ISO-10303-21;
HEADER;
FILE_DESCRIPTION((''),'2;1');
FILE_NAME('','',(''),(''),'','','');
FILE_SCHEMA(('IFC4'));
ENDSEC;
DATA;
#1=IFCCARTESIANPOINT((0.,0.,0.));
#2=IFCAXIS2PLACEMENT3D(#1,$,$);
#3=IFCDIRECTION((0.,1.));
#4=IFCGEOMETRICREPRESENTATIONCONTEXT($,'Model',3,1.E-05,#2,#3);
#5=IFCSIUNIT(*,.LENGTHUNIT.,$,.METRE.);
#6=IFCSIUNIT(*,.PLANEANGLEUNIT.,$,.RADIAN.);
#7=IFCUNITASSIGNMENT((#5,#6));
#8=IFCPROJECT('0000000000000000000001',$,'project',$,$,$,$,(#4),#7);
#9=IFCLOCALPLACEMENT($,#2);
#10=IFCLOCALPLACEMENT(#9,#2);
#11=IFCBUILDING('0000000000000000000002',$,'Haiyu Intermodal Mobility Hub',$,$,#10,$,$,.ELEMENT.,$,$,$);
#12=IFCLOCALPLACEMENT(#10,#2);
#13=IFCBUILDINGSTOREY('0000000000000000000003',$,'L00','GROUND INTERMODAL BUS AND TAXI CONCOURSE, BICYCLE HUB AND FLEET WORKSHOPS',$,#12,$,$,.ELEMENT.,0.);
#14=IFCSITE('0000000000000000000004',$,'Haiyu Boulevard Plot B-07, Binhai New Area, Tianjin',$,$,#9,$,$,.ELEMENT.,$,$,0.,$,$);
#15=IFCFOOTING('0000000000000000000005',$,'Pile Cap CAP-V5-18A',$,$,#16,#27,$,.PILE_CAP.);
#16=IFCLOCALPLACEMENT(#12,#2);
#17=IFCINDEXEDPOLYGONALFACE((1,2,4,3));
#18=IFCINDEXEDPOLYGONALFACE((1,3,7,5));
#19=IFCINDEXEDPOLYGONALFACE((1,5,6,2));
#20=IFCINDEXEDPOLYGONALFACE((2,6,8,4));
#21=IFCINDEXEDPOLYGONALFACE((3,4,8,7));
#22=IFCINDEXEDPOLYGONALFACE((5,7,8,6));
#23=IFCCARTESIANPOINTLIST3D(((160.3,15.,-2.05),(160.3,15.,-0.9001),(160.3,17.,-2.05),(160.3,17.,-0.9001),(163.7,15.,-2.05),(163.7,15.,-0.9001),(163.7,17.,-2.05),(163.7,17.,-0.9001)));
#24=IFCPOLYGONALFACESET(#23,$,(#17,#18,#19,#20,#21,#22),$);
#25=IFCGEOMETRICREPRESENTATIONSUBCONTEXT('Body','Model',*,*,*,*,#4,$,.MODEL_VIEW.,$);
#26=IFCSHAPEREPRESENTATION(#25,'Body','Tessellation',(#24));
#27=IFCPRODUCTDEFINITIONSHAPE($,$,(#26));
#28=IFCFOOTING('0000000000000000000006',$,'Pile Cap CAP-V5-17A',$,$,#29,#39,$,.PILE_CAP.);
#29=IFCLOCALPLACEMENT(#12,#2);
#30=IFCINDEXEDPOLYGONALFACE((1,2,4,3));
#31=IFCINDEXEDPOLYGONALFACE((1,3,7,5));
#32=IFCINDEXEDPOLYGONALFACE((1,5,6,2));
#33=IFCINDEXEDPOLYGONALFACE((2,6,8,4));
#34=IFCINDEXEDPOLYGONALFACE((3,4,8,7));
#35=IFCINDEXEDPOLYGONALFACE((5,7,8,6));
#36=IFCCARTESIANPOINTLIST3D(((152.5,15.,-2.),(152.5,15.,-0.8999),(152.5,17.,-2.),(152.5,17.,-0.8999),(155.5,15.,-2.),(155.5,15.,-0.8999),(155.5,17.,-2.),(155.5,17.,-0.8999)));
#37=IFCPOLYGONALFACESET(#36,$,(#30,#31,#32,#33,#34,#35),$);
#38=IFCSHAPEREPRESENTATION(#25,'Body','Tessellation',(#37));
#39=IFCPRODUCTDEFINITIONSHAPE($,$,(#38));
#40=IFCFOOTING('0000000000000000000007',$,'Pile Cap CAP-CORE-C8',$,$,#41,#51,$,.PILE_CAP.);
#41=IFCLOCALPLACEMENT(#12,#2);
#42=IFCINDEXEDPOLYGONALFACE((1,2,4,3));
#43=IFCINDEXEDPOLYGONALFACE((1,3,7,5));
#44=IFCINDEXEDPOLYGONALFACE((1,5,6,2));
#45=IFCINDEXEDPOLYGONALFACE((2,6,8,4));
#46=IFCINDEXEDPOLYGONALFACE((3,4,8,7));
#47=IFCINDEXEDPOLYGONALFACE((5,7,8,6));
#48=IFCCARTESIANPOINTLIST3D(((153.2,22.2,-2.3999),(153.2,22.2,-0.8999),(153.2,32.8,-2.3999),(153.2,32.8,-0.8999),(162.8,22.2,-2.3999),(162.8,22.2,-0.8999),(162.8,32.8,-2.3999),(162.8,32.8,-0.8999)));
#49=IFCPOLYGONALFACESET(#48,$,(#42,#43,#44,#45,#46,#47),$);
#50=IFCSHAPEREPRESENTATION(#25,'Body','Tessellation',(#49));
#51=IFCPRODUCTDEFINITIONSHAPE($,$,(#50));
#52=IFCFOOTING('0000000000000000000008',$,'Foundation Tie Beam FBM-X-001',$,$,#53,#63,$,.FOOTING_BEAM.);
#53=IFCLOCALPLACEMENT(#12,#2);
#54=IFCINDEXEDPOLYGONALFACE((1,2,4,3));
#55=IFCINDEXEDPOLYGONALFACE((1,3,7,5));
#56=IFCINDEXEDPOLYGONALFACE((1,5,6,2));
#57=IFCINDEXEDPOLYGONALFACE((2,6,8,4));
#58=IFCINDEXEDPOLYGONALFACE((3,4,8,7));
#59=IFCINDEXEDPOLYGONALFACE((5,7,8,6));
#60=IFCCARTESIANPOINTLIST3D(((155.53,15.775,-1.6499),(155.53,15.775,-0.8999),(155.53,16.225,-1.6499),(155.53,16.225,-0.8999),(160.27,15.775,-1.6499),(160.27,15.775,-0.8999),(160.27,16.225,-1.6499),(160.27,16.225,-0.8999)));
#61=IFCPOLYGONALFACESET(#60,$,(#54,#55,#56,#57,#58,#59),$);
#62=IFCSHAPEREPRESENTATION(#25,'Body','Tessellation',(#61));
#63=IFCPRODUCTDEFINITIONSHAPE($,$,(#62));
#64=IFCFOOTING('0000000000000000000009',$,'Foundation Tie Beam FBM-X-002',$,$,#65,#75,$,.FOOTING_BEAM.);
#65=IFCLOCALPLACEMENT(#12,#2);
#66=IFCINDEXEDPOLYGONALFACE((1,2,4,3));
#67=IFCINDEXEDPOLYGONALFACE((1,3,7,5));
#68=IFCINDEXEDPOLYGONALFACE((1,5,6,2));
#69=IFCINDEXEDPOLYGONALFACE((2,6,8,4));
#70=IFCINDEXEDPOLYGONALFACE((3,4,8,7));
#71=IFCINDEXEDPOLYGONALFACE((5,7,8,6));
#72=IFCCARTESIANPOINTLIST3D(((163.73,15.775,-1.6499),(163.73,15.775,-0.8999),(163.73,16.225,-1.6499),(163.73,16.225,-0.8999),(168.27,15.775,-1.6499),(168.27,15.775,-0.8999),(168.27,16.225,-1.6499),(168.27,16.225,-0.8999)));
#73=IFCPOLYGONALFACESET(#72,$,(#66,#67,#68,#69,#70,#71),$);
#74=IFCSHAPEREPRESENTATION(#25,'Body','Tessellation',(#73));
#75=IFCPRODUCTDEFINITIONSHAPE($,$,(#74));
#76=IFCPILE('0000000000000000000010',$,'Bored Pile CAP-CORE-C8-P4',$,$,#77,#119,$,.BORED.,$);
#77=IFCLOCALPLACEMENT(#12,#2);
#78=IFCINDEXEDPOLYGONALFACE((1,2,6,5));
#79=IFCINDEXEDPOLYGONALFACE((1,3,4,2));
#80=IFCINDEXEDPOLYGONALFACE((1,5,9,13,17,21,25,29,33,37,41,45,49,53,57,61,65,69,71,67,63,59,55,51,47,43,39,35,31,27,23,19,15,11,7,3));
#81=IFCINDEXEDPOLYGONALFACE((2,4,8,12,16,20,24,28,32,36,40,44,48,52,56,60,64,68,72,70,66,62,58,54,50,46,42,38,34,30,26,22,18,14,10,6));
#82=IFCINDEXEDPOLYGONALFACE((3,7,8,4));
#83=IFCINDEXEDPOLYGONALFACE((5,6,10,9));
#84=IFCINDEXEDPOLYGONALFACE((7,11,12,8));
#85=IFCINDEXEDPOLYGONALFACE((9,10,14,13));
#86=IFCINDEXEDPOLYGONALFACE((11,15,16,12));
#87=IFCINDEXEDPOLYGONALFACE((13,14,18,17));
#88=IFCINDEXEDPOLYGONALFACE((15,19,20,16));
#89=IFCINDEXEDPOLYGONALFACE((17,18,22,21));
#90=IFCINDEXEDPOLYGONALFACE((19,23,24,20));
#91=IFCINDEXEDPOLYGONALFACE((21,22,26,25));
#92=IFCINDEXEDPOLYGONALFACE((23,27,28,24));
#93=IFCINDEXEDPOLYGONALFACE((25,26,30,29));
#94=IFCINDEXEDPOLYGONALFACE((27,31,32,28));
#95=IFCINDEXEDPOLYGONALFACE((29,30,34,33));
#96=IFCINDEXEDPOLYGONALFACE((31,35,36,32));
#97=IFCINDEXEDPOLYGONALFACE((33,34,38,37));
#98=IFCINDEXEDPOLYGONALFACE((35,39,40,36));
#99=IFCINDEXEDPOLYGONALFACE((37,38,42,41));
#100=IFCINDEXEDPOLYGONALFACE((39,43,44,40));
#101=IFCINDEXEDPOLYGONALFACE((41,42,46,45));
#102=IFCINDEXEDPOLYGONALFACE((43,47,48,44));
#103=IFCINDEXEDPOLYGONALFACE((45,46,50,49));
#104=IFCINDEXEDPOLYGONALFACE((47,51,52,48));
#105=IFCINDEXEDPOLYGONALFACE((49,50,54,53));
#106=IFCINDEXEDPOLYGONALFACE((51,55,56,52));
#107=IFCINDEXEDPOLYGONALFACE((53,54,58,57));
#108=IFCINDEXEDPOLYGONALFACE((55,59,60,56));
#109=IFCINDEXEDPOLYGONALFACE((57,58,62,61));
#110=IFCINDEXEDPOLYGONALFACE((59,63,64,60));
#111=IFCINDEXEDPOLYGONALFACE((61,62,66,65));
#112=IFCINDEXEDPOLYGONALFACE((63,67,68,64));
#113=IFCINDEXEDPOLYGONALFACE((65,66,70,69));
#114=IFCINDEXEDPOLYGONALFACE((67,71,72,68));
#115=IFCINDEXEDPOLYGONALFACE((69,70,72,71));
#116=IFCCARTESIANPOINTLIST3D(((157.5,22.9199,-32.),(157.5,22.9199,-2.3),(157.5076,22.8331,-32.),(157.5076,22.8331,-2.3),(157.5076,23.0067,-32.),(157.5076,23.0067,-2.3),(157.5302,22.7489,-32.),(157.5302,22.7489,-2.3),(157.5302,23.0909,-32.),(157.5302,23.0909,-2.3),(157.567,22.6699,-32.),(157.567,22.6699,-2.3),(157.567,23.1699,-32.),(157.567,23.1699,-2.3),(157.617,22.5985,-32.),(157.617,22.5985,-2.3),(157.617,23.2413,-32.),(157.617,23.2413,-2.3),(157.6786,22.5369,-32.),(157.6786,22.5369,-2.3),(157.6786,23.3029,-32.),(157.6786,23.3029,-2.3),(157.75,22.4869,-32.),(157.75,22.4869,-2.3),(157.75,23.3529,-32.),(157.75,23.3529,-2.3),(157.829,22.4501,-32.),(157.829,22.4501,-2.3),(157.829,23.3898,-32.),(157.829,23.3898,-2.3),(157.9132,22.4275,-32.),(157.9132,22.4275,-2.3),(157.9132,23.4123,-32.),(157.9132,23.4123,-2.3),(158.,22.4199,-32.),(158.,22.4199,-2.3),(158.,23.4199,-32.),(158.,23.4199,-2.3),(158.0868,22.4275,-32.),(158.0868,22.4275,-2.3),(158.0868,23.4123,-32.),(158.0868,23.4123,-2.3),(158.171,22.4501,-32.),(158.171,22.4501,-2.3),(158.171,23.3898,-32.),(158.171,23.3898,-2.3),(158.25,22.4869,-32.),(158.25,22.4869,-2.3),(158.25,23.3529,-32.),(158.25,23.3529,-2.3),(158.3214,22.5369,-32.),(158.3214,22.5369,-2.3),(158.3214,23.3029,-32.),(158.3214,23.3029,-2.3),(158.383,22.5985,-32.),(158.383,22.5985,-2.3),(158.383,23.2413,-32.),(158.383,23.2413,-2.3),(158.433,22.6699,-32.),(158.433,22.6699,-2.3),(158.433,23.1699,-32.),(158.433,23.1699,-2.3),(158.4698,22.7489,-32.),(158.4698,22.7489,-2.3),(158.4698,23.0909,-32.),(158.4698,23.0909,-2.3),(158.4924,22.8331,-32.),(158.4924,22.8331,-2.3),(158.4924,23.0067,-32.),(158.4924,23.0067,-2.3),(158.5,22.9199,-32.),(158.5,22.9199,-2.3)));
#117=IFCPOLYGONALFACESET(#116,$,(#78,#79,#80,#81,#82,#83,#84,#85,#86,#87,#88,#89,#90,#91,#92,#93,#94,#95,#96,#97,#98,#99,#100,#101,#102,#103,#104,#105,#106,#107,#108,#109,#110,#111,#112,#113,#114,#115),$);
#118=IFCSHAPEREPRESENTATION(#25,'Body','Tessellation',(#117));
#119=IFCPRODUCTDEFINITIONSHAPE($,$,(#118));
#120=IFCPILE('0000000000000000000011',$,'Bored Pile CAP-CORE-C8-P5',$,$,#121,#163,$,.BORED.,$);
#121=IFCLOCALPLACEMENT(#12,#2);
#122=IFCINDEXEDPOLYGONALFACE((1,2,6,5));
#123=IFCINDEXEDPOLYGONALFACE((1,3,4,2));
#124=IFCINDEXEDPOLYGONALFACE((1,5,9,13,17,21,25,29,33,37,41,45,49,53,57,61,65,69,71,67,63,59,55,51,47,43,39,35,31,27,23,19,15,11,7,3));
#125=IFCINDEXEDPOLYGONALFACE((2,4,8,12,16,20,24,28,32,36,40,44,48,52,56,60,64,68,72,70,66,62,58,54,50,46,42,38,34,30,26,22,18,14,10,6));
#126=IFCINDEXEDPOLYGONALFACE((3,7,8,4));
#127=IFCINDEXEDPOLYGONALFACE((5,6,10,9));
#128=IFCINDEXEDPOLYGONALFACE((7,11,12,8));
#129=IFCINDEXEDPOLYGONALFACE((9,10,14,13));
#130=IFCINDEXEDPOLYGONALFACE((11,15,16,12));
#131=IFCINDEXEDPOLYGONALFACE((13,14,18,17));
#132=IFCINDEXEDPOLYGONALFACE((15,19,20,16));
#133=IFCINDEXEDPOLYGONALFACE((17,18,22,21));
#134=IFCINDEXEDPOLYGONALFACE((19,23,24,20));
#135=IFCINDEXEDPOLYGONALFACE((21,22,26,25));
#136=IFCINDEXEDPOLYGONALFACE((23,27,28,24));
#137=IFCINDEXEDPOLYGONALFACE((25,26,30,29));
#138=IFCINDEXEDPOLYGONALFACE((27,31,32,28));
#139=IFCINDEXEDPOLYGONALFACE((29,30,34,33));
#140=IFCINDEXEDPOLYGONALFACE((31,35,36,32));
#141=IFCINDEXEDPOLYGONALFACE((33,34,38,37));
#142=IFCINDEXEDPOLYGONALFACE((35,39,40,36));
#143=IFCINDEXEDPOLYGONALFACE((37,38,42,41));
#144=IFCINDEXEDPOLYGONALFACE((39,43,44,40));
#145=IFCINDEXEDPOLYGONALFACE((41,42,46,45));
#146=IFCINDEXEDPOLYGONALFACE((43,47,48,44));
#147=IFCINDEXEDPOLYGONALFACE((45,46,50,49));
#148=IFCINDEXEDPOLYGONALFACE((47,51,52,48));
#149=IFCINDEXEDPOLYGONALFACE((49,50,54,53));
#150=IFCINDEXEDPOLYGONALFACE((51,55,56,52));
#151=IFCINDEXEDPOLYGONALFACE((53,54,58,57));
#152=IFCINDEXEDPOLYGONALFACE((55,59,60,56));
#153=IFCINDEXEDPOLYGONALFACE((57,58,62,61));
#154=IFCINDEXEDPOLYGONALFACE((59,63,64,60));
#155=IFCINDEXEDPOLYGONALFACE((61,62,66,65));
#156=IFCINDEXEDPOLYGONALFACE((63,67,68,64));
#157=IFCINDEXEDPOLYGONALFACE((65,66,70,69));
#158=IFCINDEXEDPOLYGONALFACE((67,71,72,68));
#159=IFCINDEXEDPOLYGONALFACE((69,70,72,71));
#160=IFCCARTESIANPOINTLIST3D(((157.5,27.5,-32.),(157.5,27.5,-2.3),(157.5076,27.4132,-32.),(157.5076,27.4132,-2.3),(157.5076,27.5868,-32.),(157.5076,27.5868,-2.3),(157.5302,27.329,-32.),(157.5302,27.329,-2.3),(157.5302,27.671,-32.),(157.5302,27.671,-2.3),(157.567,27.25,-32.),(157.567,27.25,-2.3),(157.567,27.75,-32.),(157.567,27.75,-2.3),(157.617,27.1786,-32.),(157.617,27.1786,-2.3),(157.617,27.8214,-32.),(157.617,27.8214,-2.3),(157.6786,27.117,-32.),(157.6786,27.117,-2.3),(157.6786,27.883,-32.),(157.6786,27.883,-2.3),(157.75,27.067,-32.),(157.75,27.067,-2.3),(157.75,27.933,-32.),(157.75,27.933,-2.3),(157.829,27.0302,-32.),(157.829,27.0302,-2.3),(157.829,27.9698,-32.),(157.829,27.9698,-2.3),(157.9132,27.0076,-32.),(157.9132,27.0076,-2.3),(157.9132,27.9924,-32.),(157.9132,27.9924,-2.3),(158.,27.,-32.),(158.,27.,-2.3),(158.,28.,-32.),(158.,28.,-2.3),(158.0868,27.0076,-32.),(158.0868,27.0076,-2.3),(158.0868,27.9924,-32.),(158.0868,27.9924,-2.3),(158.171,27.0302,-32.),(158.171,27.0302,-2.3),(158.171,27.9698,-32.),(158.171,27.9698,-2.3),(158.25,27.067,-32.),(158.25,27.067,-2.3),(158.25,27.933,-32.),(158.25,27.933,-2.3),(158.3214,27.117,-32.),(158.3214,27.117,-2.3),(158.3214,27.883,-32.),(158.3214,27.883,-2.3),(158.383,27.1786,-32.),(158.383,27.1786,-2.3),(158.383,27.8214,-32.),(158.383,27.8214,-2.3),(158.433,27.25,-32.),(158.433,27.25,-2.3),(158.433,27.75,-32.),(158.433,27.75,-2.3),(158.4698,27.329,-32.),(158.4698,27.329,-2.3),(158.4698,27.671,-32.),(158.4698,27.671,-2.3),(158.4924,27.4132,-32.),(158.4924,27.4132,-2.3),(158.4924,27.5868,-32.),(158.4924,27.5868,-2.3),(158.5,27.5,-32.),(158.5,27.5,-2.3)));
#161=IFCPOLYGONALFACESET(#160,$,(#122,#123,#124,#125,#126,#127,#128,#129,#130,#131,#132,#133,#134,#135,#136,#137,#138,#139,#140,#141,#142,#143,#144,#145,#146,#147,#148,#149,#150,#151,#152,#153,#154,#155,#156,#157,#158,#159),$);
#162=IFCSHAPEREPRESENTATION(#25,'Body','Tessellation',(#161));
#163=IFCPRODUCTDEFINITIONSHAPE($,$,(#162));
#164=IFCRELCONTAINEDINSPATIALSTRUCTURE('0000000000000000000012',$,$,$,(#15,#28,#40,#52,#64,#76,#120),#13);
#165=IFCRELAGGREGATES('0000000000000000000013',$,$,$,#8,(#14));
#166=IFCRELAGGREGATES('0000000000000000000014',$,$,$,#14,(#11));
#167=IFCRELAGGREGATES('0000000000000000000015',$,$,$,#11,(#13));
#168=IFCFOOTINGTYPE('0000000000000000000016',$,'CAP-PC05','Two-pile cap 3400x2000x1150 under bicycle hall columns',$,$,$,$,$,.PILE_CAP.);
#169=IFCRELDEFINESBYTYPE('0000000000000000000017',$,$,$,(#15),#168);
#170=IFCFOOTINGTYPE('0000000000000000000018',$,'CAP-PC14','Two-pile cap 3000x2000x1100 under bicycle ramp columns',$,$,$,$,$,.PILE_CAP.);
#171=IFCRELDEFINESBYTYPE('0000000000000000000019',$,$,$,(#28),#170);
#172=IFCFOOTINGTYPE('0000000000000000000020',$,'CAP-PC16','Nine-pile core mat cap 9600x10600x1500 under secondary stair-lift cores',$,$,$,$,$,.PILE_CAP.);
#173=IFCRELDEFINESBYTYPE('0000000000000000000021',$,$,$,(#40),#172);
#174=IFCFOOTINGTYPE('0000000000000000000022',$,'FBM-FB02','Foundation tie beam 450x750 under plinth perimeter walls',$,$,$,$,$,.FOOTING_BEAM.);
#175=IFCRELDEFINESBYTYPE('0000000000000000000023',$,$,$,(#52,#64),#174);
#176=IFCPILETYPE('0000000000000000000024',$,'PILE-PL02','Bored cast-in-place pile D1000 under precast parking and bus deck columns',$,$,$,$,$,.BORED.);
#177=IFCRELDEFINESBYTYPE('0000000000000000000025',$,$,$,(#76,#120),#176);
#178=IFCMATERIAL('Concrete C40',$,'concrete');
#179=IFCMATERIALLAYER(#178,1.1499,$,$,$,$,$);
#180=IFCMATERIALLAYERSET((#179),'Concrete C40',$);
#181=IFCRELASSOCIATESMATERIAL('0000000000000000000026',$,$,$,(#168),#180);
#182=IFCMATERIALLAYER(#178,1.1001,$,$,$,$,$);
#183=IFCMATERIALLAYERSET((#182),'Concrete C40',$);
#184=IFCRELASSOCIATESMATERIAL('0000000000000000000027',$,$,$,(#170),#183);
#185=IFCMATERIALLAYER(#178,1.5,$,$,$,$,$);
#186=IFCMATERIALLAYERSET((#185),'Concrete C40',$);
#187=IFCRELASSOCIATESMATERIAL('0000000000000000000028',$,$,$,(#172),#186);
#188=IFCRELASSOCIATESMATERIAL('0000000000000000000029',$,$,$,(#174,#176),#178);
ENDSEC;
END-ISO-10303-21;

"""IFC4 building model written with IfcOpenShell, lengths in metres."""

from ifc_helpers import new_model, si_unit, direction, frame, origin, origin_2d, place, context, subcontext, project, spatial, rectangle, circle, extrude, material, layer, layer_set, material_profile, profile_set, type_object, element, save


model = new_model("IFC4")

# Units and contexts
model_context = context("Model", 3, precision=1e-05, world=origin(), true_north=direction((0.0, 1.0)))
body_context = subcontext(model_context, "Body", "Model", "MODEL_VIEW")
ifc_project = project(units=[si_unit("LENGTHUNIT", "METRE"), si_unit("PLANEANGLEUNIT", "RADIAN")], contexts=[model_context])

# Site, building, storey
site_placement = place(None, origin())
site = spatial("IfcSite", under=ifc_project, at=site_placement, Name="Haiyu Boulevard Plot B-07, Binhai New Area, Tianjin", CompositionType="ELEMENT", RefElevation=0.0)
building_placement = place(site_placement, origin())
building = spatial("IfcBuilding", under=site, at=building_placement, Name="Haiyu Intermodal Mobility Hub", CompositionType="ELEMENT")
storey_placement = place(building_placement, origin())
storey = spatial("IfcBuildingStorey", under=building, at=storey_placement, Name="L00", Description="GROUND INTERMODAL BUS AND TAXI CONCOURSE, BICYCLE HUB AND FLEET WORKSHOPS", CompositionType="ELEMENT", Elevation=0.0)

# Footings
ifc_material_1 = material(Name="Concrete C40", Category="concrete")
ifc_layer_1 = layer(ifc_material_1, 1.1499)
ifc_layer_set_1 = layer_set([ifc_layer_1], Name="Concrete C40")
footing_type_1 = type_object("IfcFootingType", Name="CAP-PC05", Description="Two-pile cap 3400x2000x1150 under bicycle hall columns", PredefinedType="PILE_CAP", material=ifc_layer_set_1)
footing_1_placement = place(storey_placement, frame((162.0, 16.0, -2.05), z_axis=(0.0, 0.0, 1.0), x_axis=(1.0, 0.0, 0.0)))
element("IfcFooting", 1, at=footing_1_placement, inside=storey, type_object=footing_type_1, Name="Pile Cap CAP-V5-18A", PredefinedType="PILE_CAP", context=body_context, shape_type="SweptSolid", body=[
    extrude(rectangle(XDim=3.3999, YDim=2.0, at=origin_2d()), origin(), (0.0, 0.0, 1.0), 1.1499),
])
ifc_layer_2 = layer(ifc_material_1, 1.1001)
ifc_layer_set_2 = layer_set([ifc_layer_2], Name="Concrete C40")
footing_type_2 = type_object("IfcFootingType", Name="CAP-PC14", Description="Two-pile cap 3000x2000x1100 under bicycle ramp columns", PredefinedType="PILE_CAP", material=ifc_layer_set_2)
footing_2_placement = place(storey_placement, frame((154.0, 16.0, -2.0), z_axis=(0.0, 0.0, 1.0), x_axis=(1.0, 0.0, 0.0)))
element("IfcFooting", 2, at=footing_2_placement, inside=storey, type_object=footing_type_2, Name="Pile Cap CAP-V5-17A", PredefinedType="PILE_CAP", context=body_context, shape_type="SweptSolid", body=[
    extrude(rectangle(XDim=3.0, YDim=2.0, at=origin_2d()), origin(), (0.0, 0.0, 1.0), 1.1001),
])
ifc_layer_3 = layer(ifc_material_1, 1.5)
ifc_layer_set_3 = layer_set([ifc_layer_3], Name="Concrete C40")
footing_type_3 = type_object("IfcFootingType", Name="CAP-PC16", Description="Nine-pile core mat cap 9600x10600x1500 under secondary stair-lift cores", PredefinedType="PILE_CAP", material=ifc_layer_set_3)
footing_3_placement = place(storey_placement, frame((158.0, 27.5, -2.3999), z_axis=(0.0, 0.0, 1.0), x_axis=(1.0, 0.0, 0.0)))
element("IfcFooting", 3, at=footing_3_placement, inside=storey, type_object=footing_type_3, Name="Pile Cap CAP-CORE-C8", PredefinedType="PILE_CAP", context=body_context, shape_type="SweptSolid", body=[
    extrude(rectangle(XDim=9.6001, YDim=10.6001, at=origin_2d()), origin(), (0.0, 0.0, 1.0), 1.5),
])
ifc_material_profile_1 = material_profile(ifc_material_1, rectangle(XDim=0.45, YDim=0.75, at=origin_2d()), Name="FB450x750")
ifc_profile_set_1 = profile_set([ifc_material_profile_1], Name="Concrete C40")
footing_type_4 = type_object("IfcFootingType", Name="FBM-FB02", Description="Foundation tie beam 450x750 under plinth perimeter walls", PredefinedType="FOOTING_BEAM", material=ifc_profile_set_1)
footing_4_placement = place(storey_placement, frame((155.53, 16.0, -1.2749), z_axis=(1.0, 0.0, 0.0), x_axis=(0.0, 1.0, 0.0)))
element("IfcFooting", 4, at=footing_4_placement, inside=storey, type_object=footing_type_4, Name="Foundation Tie Beam FBM-X-001", PredefinedType="FOOTING_BEAM", context=body_context, shape_type="SweptSolid", body=[
    extrude(rectangle(XDim=0.45, YDim=0.75, at=origin_2d()), origin(), (0.0, 0.0, 1.0), 4.74),
])
footing_5_placement = place(storey_placement, frame((163.73, 16.0, -1.2749), z_axis=(1.0, 0.0, 0.0), x_axis=(0.0, 1.0, 0.0)))
element("IfcFooting", 5, at=footing_5_placement, inside=storey, type_object=footing_type_4, Name="Foundation Tie Beam FBM-X-002", PredefinedType="FOOTING_BEAM", context=body_context, shape_type="SweptSolid", body=[
    extrude(rectangle(XDim=0.45, YDim=0.75, at=origin_2d()), origin(), (0.0, 0.0, 1.0), 4.54),
])

# Piles
ifc_material_profile_2 = material_profile(ifc_material_1, circle(Radius=0.5, at=origin_2d()), Name="PILE-D1000")
ifc_profile_set_2 = profile_set([ifc_material_profile_2], Name="Concrete C40")
pile_type_1 = type_object("IfcPileType", Name="PILE-PL02", Description="Bored cast-in-place pile D1000 under precast parking and bus deck columns", PredefinedType="BORED", material=ifc_profile_set_2)
for number, where, z_axis, x_axis, name in (
    (6, (158.0, 22.9199, -2.3), (0.0, 0.0, -1.0), (1.0, 0.0, 0.0), "Bored Pile CAP-CORE-C8-P4"),
    (7, (158.0, 27.5, -2.3), (0.0, 0.0, -1.0), (1.0, 0.0, 0.0), "Bored Pile CAP-CORE-C8-P5"),
):
    element("IfcPile", number, at=place(storey_placement, frame(where, z_axis=z_axis, x_axis=x_axis)), inside=storey, type_object=pile_type_1, Name=name, PredefinedType="BORED", context=body_context, shape_type="SweptSolid", body=[
        extrude(circle(Radius=0.5, at=origin_2d()), origin(), (0.0, 0.0, 1.0), 29.7),
    ])

save(model, "model.ifc")
